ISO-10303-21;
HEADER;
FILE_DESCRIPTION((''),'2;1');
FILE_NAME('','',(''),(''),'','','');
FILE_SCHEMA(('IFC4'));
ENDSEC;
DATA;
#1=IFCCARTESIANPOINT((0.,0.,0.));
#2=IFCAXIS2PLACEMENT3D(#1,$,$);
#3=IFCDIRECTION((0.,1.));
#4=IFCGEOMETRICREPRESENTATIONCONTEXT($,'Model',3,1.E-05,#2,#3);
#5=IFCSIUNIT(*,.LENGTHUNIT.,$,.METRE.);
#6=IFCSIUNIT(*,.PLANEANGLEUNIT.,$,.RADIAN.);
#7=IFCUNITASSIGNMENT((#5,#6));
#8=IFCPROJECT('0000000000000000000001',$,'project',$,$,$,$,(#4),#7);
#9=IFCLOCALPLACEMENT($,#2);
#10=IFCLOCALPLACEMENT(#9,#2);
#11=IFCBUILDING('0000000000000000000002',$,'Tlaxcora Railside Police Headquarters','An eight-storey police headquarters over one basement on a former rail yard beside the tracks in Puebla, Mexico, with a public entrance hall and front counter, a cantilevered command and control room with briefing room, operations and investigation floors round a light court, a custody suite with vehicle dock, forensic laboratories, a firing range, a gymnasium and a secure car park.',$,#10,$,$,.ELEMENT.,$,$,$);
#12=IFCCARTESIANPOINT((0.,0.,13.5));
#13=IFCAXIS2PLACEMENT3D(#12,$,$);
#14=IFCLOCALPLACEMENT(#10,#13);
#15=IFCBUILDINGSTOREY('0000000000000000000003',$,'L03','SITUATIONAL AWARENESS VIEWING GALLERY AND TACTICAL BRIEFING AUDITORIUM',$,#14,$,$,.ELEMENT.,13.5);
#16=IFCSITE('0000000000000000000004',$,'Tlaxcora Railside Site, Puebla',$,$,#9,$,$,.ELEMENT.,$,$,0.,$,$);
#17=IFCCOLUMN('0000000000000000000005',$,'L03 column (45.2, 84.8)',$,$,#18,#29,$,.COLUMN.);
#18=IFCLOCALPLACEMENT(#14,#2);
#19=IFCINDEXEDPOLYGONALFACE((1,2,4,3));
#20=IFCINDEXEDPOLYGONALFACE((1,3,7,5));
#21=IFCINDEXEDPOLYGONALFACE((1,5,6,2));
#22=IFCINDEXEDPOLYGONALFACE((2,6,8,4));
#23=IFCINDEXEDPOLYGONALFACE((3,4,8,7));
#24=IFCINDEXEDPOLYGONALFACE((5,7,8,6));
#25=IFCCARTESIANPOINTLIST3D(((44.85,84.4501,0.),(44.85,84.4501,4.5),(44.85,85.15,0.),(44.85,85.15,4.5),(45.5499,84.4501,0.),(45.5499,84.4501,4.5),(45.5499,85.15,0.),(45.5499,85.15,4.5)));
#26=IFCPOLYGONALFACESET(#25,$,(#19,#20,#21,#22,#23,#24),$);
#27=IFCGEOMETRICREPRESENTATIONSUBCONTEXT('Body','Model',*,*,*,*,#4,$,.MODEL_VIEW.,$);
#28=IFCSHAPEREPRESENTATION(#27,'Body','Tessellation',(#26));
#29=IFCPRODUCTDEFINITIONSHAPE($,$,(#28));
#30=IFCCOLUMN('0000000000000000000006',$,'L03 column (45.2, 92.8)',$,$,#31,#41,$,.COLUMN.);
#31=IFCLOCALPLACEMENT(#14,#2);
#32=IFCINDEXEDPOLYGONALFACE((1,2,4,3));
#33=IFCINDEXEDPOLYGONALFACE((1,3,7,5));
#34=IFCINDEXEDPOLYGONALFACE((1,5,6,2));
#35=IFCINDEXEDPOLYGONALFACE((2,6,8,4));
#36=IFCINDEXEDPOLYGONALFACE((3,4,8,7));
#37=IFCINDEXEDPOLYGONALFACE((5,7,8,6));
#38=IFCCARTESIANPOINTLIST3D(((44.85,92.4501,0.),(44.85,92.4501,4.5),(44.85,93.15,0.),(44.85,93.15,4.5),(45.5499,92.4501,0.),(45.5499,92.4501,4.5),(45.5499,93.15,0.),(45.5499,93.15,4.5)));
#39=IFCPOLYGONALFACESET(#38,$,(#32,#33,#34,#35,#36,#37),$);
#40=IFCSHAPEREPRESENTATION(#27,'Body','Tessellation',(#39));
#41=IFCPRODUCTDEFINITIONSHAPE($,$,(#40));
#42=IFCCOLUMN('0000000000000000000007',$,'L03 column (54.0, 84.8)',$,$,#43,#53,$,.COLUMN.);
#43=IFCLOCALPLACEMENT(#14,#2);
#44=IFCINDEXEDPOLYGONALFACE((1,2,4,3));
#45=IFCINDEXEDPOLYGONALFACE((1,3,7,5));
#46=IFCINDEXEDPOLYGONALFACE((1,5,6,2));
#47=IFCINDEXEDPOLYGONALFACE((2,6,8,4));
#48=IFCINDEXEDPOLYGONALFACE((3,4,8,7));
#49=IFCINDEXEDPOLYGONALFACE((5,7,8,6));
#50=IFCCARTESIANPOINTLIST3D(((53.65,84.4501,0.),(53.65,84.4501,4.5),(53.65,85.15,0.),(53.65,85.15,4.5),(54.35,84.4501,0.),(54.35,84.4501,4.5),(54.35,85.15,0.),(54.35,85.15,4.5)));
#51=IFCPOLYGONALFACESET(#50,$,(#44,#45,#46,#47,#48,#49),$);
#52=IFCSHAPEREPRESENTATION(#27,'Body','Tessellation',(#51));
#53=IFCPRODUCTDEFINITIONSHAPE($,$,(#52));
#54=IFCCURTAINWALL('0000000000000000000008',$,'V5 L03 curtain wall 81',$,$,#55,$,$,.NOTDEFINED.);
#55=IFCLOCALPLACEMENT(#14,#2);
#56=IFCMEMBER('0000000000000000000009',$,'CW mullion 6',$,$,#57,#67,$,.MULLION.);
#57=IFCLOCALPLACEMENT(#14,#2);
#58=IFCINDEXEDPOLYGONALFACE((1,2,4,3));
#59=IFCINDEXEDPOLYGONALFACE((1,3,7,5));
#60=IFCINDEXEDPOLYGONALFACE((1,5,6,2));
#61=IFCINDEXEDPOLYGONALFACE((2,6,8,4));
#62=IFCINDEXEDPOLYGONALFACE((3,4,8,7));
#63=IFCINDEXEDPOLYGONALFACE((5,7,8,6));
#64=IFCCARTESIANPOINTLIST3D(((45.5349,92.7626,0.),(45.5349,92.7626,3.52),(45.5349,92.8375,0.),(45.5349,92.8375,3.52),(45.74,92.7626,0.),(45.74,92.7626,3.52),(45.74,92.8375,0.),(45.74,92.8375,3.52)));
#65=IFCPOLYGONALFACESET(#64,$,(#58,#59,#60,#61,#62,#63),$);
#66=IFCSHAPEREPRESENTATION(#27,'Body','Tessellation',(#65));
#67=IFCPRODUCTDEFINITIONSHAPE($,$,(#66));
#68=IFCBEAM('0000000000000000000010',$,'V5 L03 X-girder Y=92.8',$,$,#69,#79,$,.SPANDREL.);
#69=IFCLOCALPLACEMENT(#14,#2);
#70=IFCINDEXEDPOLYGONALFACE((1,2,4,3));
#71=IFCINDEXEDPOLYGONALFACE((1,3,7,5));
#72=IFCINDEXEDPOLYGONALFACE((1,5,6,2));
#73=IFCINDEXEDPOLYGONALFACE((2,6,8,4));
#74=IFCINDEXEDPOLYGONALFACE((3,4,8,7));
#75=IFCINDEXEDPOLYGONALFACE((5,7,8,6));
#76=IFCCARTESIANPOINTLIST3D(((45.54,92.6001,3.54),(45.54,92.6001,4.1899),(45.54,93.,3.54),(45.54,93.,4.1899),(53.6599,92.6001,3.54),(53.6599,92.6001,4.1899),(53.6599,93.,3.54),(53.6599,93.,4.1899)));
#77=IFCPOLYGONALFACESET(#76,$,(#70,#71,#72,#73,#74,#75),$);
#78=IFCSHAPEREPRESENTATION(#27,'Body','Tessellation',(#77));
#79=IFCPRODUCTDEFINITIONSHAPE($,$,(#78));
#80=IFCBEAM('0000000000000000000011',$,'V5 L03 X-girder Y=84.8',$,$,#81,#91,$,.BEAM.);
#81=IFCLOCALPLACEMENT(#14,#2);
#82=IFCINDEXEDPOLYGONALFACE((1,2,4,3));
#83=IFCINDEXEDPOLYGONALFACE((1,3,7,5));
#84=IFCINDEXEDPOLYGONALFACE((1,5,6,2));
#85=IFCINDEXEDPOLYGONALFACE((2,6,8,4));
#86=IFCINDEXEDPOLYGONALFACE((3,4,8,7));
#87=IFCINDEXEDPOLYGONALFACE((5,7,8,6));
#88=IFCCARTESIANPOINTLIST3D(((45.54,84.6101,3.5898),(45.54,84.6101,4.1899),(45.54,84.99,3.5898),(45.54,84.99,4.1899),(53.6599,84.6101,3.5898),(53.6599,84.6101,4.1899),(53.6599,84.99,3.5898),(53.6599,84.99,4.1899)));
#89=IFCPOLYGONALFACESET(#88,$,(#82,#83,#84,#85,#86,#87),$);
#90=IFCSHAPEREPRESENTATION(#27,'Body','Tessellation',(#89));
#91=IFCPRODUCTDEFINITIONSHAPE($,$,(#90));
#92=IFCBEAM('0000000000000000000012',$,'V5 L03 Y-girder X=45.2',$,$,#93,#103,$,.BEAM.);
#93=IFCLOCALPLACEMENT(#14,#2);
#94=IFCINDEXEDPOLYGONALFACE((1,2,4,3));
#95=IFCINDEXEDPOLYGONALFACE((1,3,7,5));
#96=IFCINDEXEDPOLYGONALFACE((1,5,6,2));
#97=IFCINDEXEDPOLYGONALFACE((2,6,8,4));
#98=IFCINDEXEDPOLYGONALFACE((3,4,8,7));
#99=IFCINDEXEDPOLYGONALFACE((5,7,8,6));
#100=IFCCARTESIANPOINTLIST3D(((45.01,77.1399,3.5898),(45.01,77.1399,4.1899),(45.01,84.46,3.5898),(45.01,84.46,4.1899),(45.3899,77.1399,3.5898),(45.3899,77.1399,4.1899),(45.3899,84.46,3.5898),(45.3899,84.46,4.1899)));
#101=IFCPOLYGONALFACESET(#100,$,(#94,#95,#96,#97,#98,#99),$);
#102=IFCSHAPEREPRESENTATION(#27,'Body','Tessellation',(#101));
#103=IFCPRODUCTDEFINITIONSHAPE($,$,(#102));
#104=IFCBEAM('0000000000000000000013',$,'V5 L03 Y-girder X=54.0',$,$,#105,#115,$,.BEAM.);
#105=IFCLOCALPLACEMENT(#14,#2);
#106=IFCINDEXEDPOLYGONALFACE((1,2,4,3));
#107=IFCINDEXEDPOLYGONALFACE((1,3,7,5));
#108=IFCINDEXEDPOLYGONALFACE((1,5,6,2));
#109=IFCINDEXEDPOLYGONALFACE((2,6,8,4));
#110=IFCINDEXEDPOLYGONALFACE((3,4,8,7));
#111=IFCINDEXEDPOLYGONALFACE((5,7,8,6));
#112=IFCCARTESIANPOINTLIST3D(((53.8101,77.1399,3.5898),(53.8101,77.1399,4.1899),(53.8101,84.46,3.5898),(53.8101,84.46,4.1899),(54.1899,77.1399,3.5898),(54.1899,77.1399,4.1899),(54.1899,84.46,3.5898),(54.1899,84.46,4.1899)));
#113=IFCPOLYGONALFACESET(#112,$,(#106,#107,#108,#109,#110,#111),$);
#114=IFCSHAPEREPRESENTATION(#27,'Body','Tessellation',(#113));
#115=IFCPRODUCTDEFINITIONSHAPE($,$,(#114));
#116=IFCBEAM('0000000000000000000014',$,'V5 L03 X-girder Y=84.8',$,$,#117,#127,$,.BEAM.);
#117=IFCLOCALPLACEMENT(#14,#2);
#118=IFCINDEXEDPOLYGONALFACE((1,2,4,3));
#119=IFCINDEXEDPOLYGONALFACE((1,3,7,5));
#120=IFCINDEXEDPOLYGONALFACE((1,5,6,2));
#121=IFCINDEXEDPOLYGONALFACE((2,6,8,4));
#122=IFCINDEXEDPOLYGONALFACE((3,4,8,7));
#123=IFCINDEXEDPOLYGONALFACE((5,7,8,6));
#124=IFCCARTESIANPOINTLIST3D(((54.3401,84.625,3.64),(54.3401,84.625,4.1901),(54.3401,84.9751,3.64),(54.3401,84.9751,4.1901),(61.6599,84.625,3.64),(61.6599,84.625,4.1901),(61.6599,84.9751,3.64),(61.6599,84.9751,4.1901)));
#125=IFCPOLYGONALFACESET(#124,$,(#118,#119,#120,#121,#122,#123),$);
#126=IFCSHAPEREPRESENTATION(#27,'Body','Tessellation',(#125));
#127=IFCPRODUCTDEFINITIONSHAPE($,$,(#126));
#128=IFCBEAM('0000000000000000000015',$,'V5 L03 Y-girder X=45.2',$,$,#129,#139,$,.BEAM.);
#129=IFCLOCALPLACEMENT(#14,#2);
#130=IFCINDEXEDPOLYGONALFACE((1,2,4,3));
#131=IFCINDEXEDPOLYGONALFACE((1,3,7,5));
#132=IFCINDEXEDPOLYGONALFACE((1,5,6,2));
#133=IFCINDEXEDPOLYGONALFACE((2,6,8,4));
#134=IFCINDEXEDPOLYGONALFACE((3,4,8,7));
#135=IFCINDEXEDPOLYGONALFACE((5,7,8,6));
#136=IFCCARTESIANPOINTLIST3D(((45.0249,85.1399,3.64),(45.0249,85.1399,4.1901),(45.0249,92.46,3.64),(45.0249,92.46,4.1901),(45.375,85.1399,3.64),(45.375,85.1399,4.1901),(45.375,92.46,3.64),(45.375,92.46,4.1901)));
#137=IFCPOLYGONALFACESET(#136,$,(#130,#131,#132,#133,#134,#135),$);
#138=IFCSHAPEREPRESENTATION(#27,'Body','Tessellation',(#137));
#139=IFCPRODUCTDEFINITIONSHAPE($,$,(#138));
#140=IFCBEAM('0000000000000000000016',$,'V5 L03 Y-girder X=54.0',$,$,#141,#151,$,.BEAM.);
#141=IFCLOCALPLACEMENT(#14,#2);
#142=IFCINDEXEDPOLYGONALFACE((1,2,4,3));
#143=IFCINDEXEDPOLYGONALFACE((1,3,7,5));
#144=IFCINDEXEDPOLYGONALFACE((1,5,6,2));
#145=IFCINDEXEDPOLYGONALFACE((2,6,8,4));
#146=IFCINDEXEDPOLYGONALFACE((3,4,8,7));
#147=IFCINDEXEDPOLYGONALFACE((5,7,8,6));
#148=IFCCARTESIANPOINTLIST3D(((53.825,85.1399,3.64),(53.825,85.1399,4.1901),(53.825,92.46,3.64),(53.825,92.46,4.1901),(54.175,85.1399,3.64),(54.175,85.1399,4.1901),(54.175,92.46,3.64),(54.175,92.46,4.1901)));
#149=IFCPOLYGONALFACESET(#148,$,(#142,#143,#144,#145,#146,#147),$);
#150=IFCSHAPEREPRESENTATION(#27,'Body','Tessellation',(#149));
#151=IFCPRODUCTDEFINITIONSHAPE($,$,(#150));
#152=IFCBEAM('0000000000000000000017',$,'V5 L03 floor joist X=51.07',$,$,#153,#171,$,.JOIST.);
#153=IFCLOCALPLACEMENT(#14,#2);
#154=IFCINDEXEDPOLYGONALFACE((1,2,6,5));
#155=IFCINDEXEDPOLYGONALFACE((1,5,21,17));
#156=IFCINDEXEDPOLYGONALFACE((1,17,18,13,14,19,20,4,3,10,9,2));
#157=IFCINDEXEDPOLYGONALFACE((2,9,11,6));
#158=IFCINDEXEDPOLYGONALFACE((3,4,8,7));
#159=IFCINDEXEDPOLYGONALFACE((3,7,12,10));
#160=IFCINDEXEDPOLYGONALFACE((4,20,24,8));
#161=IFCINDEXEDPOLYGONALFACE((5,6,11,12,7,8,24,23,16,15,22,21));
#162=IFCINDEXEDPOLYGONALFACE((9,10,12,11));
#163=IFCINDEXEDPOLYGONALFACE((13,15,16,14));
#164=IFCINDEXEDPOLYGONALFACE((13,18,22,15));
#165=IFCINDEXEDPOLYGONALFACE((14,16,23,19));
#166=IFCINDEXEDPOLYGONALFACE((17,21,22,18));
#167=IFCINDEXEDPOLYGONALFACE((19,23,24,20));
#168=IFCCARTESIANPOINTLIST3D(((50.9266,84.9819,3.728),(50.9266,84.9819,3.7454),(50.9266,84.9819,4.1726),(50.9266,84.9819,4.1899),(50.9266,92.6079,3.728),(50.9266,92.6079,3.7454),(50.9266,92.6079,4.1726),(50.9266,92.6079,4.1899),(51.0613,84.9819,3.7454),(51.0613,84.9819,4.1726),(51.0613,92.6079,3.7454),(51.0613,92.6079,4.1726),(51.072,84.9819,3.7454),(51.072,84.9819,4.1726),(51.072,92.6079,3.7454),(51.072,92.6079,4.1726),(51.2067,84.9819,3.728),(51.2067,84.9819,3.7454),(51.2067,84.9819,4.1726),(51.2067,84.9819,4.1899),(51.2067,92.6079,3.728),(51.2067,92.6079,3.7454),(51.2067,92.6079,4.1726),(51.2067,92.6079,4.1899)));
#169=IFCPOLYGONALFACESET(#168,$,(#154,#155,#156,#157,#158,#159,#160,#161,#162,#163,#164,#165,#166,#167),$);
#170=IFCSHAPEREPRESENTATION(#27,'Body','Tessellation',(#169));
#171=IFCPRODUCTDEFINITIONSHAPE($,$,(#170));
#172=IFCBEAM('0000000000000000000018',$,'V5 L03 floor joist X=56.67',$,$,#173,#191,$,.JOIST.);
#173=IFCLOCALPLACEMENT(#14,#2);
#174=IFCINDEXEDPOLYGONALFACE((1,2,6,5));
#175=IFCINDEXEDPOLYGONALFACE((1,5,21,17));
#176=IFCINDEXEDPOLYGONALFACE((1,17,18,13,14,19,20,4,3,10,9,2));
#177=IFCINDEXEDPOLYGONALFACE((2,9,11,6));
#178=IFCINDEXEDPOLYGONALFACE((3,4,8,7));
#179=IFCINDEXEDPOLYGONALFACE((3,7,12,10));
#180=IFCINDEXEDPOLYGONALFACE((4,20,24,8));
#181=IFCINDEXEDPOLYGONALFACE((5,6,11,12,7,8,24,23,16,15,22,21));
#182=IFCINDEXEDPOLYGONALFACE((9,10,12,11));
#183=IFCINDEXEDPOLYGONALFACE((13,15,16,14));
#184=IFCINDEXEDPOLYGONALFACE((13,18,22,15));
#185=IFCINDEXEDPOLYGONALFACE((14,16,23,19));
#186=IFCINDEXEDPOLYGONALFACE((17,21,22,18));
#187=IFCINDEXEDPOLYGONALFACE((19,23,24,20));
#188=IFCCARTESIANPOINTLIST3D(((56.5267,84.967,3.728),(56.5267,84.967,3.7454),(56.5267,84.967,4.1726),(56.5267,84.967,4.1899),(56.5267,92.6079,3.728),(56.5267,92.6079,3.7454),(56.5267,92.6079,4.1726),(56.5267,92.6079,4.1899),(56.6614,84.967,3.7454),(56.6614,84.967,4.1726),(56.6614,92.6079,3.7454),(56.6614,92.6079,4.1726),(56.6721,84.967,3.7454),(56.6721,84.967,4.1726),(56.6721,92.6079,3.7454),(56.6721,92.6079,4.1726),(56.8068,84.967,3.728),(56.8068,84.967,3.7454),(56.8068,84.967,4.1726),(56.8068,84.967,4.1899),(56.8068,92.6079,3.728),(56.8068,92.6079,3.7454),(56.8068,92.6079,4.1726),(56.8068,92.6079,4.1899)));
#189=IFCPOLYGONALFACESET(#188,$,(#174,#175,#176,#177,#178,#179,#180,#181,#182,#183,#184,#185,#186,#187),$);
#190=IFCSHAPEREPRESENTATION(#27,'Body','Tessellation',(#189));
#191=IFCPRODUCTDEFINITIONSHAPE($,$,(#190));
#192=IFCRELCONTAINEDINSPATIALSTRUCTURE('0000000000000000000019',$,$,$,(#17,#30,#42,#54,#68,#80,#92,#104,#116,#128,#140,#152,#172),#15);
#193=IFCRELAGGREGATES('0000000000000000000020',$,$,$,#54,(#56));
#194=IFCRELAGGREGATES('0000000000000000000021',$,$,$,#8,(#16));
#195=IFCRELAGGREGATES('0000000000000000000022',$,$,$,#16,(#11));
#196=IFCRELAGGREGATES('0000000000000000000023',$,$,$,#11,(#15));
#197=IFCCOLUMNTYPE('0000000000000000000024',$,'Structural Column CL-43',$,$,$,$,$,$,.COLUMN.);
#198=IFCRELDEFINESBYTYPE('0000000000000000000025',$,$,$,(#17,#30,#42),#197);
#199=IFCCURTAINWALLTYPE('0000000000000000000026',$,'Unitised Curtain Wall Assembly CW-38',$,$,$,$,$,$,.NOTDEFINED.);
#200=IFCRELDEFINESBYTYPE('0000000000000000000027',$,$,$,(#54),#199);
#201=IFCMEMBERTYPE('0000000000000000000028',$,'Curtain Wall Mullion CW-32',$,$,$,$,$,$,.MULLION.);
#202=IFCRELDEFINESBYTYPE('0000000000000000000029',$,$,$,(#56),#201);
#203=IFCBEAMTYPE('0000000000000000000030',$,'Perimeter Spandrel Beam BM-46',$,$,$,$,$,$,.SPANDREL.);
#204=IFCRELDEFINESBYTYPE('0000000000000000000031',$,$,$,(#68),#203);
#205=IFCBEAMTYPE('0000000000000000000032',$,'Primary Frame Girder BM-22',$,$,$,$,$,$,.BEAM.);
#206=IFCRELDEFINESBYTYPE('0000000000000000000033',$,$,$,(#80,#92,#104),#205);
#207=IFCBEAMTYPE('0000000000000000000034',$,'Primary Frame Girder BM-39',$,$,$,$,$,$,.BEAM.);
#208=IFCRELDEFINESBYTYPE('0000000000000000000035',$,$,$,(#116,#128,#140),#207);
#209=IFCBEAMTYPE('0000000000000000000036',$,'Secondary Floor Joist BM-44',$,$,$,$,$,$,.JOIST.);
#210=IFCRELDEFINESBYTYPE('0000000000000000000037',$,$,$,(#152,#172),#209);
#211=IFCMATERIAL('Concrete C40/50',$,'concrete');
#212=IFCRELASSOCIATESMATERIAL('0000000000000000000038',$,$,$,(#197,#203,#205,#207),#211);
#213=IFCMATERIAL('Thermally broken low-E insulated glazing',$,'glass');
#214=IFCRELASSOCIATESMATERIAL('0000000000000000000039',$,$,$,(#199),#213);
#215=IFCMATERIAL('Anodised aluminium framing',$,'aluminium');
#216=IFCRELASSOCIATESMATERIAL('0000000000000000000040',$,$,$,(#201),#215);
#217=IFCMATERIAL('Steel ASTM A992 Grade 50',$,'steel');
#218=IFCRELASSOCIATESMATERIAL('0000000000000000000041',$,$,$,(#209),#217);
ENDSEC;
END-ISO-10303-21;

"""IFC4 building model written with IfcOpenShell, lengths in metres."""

from ifc_helpers import new_model, si_unit, direction, frame, origin, origin_2d, place, context, subcontext, project, spatial, rectangle, i_section, extrude, material, material_profile, profile_set, type_object, element, aggregate, save


model = new_model("IFC4")

# Units and contexts
model_context = context("Model", 3, precision=1e-05, world=origin(), true_north=direction((0.0, 1.0)))
body_context = subcontext(model_context, "Body", "Model", "MODEL_VIEW")
ifc_project = project(units=[si_unit("LENGTHUNIT", "METRE"), si_unit("PLANEANGLEUNIT", "RADIAN")], contexts=[model_context])

# Site, building, storey
site_placement = place(None, origin())
site = spatial("IfcSite", under=ifc_project, at=site_placement, Name="Tlaxcora Railside Site, Puebla", CompositionType="ELEMENT", RefElevation=0.0)
building_placement = place(site_placement, origin())
building = spatial("IfcBuilding", under=site, at=building_placement, Name="Tlaxcora Railside Police Headquarters", Description="An eight-storey police headquarters over one basement on a former rail yard beside the tracks in Puebla, Mexico, with a public entrance hall and front counter, a cantilevered command and control room with briefing room, operations and investigation floors round a light court, a custody suite with vehicle dock, forensic laboratories, a firing range, a gymnasium and a secure car park.", CompositionType="ELEMENT")
storey_placement = place(building_placement, frame((0.0, 0.0, 13.5)))
storey = spatial("IfcBuildingStorey", under=building, at=storey_placement, Name="L03", Description="SITUATIONAL AWARENESS VIEWING GALLERY AND TACTICAL BRIEFING AUDITORIUM", CompositionType="ELEMENT", Elevation=13.5)

# Columns
ifc_material_1 = material(Name="Concrete C40/50", Category="concrete")
ifc_material_profile_1 = material_profile(ifc_material_1, rectangle(XDim=0.7, YDim=0.7, at=origin_2d()), Name="RC700X700")
ifc_profile_set_1 = profile_set([ifc_material_profile_1], Name="Concrete C40/50")
column_type = type_object("IfcColumnType", Name="Structural Column CL-43", PredefinedType="COLUMN", material=ifc_profile_set_1)
for number, where, z_axis, x_axis, name in (
    (1, (45.2, 84.8, 0.0), (0.0, 0.0, 1.0), (1.0, 0.0, 0.0), "L03 column (45.2, 84.8)"),
    (2, (45.2, 92.8, 0.0), (0.0, 0.0, 1.0), (1.0, 0.0, 0.0), "L03 column (45.2, 92.8)"),
    (3, (54.0, 84.8, 0.0), (0.0, 0.0, 1.0), (1.0, 0.0, 0.0), "L03 column (54.0, 84.8)"),
):
    element("IfcColumn", number, at=place(storey_placement, frame(where, z_axis=z_axis, x_axis=x_axis)), inside=storey, type_object=column_type, Name=name, PredefinedType="COLUMN", context=body_context, shape_type="SweptSolid", body=[
        extrude(rectangle(XDim=0.7, YDim=0.7, at=origin_2d()), origin(), (0.0, 0.0, 1.0), 4.5),
    ])

# Curtain wall, member
ifc_material_2 = material(Name="Thermally broken low-E insulated glazing", Category="glass")
curtain_wall_type = type_object("IfcCurtainWallType", Name="Unitised Curtain Wall Assembly CW-38", PredefinedType="NOTDEFINED", material=ifc_material_2)
curtain_wall_placement = place(storey_placement, origin())
curtain_wall = element("IfcCurtainWall", 4, at=curtain_wall_placement, inside=storey, type_object=curtain_wall_type, Name="V5 L03 curtain wall 81", PredefinedType="NOTDEFINED")
ifc_material_3 = material(Name="Anodised aluminium framing", Category="aluminium")
ifc_material_profile_2 = material_profile(ifc_material_3, rectangle(XDim=0.075, YDim=0.2051, at=origin_2d()), Name="AL75X205")
ifc_profile_set_2 = profile_set([ifc_material_profile_2], Name="Anodised aluminium framing")
member_type = type_object("IfcMemberType", Name="Curtain Wall Mullion CW-32", PredefinedType="MULLION", material=ifc_profile_set_2)
member_placement = place(storey_placement, frame((45.6375, 92.8, 0.0), z_axis=(0.0, 0.0, 1.0), x_axis=(0.0, -1.0, 0.0)))
member = element("IfcMember", 5, at=member_placement, type_object=member_type, Name="CW mullion 6", PredefinedType="MULLION", context=body_context, shape_type="SweptSolid", body=[
    extrude(rectangle(XDim=0.075, YDim=0.2051, at=origin_2d()), origin(), (0.0, 0.0, 1.0), 3.52),
])

# Beams
ifc_material_profile_3 = material_profile(ifc_material_1, rectangle(XDim=0.3999, YDim=0.6499, at=origin_2d()), Name="RC400X650")
ifc_profile_set_3 = profile_set([ifc_material_profile_3], Name="Concrete C40/50")
beam_type_1 = type_object("IfcBeamType", Name="Perimeter Spandrel Beam BM-46", PredefinedType="SPANDREL", material=ifc_profile_set_3)
beam_1_placement = place(storey_placement, frame((45.54, 92.8, 3.865), z_axis=(1.0, 0.0, 0.0), x_axis=(0.0, 1.0, 0.0)))
element("IfcBeam", 6, at=beam_1_placement, inside=storey, type_object=beam_type_1, Name="V5 L03 X-girder Y=92.8", PredefinedType="SPANDREL", context=body_context, shape_type="SweptSolid", body=[
    extrude(rectangle(XDim=0.3999, YDim=0.6499, at=origin_2d()), origin(), (0.0, 0.0, 1.0), 8.1199),
])
ifc_material_profile_4 = material_profile(ifc_material_1, rectangle(XDim=0.3799, YDim=0.6001, at=origin_2d()), Name="RC380X600")
ifc_profile_set_4 = profile_set([ifc_material_profile_4], Name="Concrete C40/50")
beam_type_2 = type_object("IfcBeamType", Name="Primary Frame Girder BM-22", PredefinedType="BEAM", material=ifc_profile_set_4)
beam_2_placement = place(storey_placement, frame((45.54, 84.8, 3.8899), z_axis=(1.0, 0.0, 0.0), x_axis=(0.0, 1.0, 0.0)))
element("IfcBeam", 7, at=beam_2_placement, inside=storey, type_object=beam_type_2, Name="V5 L03 X-girder Y=84.8", PredefinedType="BEAM", context=body_context, shape_type="SweptSolid", body=[
    extrude(rectangle(XDim=0.3799, YDim=0.6001, at=origin_2d()), origin(), (0.0, 0.0, 1.0), 8.1199),
])
for number, where, z_axis, x_axis, name in (
    (8, (45.2, 77.1399, 3.8899), (0.0, 1.0, 0.0), (-1.0, 0.0, 0.0), "V5 L03 Y-girder X=45.2"),
    (9, (54.0, 77.1399, 3.8899), (0.0, 1.0, 0.0), (-1.0, 0.0, 0.0), "V5 L03 Y-girder X=54.0"),
):
    element("IfcBeam", number, at=place(storey_placement, frame(where, z_axis=z_axis, x_axis=x_axis)), inside=storey, type_object=beam_type_2, Name=name, PredefinedType="BEAM", context=body_context, shape_type="SweptSolid", body=[
        extrude(rectangle(XDim=0.3799, YDim=0.6001, at=origin_2d()), origin(), (0.0, 0.0, 1.0), 7.3201),
    ])
ifc_material_profile_5 = material_profile(ifc_material_1, rectangle(XDim=0.3501, YDim=0.55, at=origin_2d()), Name="RC350X550")
ifc_profile_set_5 = profile_set([ifc_material_profile_5], Name="Concrete C40/50")
beam_type_3 = type_object("IfcBeamType", Name="Primary Frame Girder BM-39", PredefinedType="BEAM", material=ifc_profile_set_5)
beam_3_placement = place(storey_placement, frame((54.3401, 84.8, 3.915), z_axis=(1.0, 0.0, 0.0), x_axis=(0.0, 1.0, 0.0)))
element("IfcBeam", 10, at=beam_3_placement, inside=storey, type_object=beam_type_3, Name="V5 L03 X-girder Y=84.8", PredefinedType="BEAM", context=body_context, shape_type="SweptSolid", body=[
    extrude(rectangle(XDim=0.3501, YDim=0.55, at=origin_2d()), origin(), (0.0, 0.0, 1.0), 7.3198),
])
for number, where, z_axis, x_axis, name in (
    (11, (45.2, 85.1399, 3.915), (0.0, 1.0, 0.0), (-1.0, 0.0, 0.0), "V5 L03 Y-girder X=45.2"),
    (12, (54.0, 85.1399, 3.915), (0.0, 1.0, 0.0), (-1.0, 0.0, 0.0), "V5 L03 Y-girder X=54.0"),
):
    element("IfcBeam", number, at=place(storey_placement, frame(where, z_axis=z_axis, x_axis=x_axis)), inside=storey, type_object=beam_type_3, Name=name, PredefinedType="BEAM", context=body_context, shape_type="SweptSolid", body=[
        extrude(rectangle(XDim=0.3501, YDim=0.55, at=origin_2d()), origin(), (0.0, 0.0, 1.0), 7.3201),
    ])
ifc_material_4 = material(Name="Steel ASTM A992 Grade 50", Category="steel")
ifc_material_profile_6 = material_profile(ifc_material_4, i_section(OverallWidth=0.28, OverallDepth=0.4619, WebThickness=0.0107, FlangeThickness=0.0173, at=origin_2d()), Name="W18X76")
ifc_profile_set_6 = profile_set([ifc_material_profile_6], Name="Steel ASTM A992 Grade 50")
beam_type_4 = type_object("IfcBeamType", Name="Secondary Floor Joist BM-44", PredefinedType="JOIST", material=ifc_profile_set_6)
beam_4_placement = place(storey_placement, frame((51.0667, 84.9819, 3.959), z_axis=(0.0, 1.0, 0.0), x_axis=(-1.0, 0.0, 0.0)))
element("IfcBeam", 13, at=beam_4_placement, inside=storey, type_object=beam_type_4, Name="V5 L03 floor joist X=51.07", PredefinedType="JOIST", context=body_context, shape_type="SweptSolid", body=[
    extrude(i_section(OverallWidth=0.28, OverallDepth=0.4619, WebThickness=0.0107, FlangeThickness=0.0173, at=origin_2d()), origin(), (0.0, 0.0, 1.0), 7.626),
])
beam_5_placement = place(storey_placement, frame((56.6667, 84.967, 3.959), z_axis=(0.0, 1.0, 0.0), x_axis=(-1.0, 0.0, 0.0)))
element("IfcBeam", 14, at=beam_5_placement, inside=storey, type_object=beam_type_4, Name="V5 L03 floor joist X=56.67", PredefinedType="JOIST", context=body_context, shape_type="SweptSolid", body=[
    extrude(i_section(OverallWidth=0.28, OverallDepth=0.4619, WebThickness=0.0107, FlangeThickness=0.0173, at=origin_2d()), origin(), (0.0, 0.0, 1.0), 7.6409),
])

aggregate(curtain_wall, [member])

save(model, "model.ifc")
